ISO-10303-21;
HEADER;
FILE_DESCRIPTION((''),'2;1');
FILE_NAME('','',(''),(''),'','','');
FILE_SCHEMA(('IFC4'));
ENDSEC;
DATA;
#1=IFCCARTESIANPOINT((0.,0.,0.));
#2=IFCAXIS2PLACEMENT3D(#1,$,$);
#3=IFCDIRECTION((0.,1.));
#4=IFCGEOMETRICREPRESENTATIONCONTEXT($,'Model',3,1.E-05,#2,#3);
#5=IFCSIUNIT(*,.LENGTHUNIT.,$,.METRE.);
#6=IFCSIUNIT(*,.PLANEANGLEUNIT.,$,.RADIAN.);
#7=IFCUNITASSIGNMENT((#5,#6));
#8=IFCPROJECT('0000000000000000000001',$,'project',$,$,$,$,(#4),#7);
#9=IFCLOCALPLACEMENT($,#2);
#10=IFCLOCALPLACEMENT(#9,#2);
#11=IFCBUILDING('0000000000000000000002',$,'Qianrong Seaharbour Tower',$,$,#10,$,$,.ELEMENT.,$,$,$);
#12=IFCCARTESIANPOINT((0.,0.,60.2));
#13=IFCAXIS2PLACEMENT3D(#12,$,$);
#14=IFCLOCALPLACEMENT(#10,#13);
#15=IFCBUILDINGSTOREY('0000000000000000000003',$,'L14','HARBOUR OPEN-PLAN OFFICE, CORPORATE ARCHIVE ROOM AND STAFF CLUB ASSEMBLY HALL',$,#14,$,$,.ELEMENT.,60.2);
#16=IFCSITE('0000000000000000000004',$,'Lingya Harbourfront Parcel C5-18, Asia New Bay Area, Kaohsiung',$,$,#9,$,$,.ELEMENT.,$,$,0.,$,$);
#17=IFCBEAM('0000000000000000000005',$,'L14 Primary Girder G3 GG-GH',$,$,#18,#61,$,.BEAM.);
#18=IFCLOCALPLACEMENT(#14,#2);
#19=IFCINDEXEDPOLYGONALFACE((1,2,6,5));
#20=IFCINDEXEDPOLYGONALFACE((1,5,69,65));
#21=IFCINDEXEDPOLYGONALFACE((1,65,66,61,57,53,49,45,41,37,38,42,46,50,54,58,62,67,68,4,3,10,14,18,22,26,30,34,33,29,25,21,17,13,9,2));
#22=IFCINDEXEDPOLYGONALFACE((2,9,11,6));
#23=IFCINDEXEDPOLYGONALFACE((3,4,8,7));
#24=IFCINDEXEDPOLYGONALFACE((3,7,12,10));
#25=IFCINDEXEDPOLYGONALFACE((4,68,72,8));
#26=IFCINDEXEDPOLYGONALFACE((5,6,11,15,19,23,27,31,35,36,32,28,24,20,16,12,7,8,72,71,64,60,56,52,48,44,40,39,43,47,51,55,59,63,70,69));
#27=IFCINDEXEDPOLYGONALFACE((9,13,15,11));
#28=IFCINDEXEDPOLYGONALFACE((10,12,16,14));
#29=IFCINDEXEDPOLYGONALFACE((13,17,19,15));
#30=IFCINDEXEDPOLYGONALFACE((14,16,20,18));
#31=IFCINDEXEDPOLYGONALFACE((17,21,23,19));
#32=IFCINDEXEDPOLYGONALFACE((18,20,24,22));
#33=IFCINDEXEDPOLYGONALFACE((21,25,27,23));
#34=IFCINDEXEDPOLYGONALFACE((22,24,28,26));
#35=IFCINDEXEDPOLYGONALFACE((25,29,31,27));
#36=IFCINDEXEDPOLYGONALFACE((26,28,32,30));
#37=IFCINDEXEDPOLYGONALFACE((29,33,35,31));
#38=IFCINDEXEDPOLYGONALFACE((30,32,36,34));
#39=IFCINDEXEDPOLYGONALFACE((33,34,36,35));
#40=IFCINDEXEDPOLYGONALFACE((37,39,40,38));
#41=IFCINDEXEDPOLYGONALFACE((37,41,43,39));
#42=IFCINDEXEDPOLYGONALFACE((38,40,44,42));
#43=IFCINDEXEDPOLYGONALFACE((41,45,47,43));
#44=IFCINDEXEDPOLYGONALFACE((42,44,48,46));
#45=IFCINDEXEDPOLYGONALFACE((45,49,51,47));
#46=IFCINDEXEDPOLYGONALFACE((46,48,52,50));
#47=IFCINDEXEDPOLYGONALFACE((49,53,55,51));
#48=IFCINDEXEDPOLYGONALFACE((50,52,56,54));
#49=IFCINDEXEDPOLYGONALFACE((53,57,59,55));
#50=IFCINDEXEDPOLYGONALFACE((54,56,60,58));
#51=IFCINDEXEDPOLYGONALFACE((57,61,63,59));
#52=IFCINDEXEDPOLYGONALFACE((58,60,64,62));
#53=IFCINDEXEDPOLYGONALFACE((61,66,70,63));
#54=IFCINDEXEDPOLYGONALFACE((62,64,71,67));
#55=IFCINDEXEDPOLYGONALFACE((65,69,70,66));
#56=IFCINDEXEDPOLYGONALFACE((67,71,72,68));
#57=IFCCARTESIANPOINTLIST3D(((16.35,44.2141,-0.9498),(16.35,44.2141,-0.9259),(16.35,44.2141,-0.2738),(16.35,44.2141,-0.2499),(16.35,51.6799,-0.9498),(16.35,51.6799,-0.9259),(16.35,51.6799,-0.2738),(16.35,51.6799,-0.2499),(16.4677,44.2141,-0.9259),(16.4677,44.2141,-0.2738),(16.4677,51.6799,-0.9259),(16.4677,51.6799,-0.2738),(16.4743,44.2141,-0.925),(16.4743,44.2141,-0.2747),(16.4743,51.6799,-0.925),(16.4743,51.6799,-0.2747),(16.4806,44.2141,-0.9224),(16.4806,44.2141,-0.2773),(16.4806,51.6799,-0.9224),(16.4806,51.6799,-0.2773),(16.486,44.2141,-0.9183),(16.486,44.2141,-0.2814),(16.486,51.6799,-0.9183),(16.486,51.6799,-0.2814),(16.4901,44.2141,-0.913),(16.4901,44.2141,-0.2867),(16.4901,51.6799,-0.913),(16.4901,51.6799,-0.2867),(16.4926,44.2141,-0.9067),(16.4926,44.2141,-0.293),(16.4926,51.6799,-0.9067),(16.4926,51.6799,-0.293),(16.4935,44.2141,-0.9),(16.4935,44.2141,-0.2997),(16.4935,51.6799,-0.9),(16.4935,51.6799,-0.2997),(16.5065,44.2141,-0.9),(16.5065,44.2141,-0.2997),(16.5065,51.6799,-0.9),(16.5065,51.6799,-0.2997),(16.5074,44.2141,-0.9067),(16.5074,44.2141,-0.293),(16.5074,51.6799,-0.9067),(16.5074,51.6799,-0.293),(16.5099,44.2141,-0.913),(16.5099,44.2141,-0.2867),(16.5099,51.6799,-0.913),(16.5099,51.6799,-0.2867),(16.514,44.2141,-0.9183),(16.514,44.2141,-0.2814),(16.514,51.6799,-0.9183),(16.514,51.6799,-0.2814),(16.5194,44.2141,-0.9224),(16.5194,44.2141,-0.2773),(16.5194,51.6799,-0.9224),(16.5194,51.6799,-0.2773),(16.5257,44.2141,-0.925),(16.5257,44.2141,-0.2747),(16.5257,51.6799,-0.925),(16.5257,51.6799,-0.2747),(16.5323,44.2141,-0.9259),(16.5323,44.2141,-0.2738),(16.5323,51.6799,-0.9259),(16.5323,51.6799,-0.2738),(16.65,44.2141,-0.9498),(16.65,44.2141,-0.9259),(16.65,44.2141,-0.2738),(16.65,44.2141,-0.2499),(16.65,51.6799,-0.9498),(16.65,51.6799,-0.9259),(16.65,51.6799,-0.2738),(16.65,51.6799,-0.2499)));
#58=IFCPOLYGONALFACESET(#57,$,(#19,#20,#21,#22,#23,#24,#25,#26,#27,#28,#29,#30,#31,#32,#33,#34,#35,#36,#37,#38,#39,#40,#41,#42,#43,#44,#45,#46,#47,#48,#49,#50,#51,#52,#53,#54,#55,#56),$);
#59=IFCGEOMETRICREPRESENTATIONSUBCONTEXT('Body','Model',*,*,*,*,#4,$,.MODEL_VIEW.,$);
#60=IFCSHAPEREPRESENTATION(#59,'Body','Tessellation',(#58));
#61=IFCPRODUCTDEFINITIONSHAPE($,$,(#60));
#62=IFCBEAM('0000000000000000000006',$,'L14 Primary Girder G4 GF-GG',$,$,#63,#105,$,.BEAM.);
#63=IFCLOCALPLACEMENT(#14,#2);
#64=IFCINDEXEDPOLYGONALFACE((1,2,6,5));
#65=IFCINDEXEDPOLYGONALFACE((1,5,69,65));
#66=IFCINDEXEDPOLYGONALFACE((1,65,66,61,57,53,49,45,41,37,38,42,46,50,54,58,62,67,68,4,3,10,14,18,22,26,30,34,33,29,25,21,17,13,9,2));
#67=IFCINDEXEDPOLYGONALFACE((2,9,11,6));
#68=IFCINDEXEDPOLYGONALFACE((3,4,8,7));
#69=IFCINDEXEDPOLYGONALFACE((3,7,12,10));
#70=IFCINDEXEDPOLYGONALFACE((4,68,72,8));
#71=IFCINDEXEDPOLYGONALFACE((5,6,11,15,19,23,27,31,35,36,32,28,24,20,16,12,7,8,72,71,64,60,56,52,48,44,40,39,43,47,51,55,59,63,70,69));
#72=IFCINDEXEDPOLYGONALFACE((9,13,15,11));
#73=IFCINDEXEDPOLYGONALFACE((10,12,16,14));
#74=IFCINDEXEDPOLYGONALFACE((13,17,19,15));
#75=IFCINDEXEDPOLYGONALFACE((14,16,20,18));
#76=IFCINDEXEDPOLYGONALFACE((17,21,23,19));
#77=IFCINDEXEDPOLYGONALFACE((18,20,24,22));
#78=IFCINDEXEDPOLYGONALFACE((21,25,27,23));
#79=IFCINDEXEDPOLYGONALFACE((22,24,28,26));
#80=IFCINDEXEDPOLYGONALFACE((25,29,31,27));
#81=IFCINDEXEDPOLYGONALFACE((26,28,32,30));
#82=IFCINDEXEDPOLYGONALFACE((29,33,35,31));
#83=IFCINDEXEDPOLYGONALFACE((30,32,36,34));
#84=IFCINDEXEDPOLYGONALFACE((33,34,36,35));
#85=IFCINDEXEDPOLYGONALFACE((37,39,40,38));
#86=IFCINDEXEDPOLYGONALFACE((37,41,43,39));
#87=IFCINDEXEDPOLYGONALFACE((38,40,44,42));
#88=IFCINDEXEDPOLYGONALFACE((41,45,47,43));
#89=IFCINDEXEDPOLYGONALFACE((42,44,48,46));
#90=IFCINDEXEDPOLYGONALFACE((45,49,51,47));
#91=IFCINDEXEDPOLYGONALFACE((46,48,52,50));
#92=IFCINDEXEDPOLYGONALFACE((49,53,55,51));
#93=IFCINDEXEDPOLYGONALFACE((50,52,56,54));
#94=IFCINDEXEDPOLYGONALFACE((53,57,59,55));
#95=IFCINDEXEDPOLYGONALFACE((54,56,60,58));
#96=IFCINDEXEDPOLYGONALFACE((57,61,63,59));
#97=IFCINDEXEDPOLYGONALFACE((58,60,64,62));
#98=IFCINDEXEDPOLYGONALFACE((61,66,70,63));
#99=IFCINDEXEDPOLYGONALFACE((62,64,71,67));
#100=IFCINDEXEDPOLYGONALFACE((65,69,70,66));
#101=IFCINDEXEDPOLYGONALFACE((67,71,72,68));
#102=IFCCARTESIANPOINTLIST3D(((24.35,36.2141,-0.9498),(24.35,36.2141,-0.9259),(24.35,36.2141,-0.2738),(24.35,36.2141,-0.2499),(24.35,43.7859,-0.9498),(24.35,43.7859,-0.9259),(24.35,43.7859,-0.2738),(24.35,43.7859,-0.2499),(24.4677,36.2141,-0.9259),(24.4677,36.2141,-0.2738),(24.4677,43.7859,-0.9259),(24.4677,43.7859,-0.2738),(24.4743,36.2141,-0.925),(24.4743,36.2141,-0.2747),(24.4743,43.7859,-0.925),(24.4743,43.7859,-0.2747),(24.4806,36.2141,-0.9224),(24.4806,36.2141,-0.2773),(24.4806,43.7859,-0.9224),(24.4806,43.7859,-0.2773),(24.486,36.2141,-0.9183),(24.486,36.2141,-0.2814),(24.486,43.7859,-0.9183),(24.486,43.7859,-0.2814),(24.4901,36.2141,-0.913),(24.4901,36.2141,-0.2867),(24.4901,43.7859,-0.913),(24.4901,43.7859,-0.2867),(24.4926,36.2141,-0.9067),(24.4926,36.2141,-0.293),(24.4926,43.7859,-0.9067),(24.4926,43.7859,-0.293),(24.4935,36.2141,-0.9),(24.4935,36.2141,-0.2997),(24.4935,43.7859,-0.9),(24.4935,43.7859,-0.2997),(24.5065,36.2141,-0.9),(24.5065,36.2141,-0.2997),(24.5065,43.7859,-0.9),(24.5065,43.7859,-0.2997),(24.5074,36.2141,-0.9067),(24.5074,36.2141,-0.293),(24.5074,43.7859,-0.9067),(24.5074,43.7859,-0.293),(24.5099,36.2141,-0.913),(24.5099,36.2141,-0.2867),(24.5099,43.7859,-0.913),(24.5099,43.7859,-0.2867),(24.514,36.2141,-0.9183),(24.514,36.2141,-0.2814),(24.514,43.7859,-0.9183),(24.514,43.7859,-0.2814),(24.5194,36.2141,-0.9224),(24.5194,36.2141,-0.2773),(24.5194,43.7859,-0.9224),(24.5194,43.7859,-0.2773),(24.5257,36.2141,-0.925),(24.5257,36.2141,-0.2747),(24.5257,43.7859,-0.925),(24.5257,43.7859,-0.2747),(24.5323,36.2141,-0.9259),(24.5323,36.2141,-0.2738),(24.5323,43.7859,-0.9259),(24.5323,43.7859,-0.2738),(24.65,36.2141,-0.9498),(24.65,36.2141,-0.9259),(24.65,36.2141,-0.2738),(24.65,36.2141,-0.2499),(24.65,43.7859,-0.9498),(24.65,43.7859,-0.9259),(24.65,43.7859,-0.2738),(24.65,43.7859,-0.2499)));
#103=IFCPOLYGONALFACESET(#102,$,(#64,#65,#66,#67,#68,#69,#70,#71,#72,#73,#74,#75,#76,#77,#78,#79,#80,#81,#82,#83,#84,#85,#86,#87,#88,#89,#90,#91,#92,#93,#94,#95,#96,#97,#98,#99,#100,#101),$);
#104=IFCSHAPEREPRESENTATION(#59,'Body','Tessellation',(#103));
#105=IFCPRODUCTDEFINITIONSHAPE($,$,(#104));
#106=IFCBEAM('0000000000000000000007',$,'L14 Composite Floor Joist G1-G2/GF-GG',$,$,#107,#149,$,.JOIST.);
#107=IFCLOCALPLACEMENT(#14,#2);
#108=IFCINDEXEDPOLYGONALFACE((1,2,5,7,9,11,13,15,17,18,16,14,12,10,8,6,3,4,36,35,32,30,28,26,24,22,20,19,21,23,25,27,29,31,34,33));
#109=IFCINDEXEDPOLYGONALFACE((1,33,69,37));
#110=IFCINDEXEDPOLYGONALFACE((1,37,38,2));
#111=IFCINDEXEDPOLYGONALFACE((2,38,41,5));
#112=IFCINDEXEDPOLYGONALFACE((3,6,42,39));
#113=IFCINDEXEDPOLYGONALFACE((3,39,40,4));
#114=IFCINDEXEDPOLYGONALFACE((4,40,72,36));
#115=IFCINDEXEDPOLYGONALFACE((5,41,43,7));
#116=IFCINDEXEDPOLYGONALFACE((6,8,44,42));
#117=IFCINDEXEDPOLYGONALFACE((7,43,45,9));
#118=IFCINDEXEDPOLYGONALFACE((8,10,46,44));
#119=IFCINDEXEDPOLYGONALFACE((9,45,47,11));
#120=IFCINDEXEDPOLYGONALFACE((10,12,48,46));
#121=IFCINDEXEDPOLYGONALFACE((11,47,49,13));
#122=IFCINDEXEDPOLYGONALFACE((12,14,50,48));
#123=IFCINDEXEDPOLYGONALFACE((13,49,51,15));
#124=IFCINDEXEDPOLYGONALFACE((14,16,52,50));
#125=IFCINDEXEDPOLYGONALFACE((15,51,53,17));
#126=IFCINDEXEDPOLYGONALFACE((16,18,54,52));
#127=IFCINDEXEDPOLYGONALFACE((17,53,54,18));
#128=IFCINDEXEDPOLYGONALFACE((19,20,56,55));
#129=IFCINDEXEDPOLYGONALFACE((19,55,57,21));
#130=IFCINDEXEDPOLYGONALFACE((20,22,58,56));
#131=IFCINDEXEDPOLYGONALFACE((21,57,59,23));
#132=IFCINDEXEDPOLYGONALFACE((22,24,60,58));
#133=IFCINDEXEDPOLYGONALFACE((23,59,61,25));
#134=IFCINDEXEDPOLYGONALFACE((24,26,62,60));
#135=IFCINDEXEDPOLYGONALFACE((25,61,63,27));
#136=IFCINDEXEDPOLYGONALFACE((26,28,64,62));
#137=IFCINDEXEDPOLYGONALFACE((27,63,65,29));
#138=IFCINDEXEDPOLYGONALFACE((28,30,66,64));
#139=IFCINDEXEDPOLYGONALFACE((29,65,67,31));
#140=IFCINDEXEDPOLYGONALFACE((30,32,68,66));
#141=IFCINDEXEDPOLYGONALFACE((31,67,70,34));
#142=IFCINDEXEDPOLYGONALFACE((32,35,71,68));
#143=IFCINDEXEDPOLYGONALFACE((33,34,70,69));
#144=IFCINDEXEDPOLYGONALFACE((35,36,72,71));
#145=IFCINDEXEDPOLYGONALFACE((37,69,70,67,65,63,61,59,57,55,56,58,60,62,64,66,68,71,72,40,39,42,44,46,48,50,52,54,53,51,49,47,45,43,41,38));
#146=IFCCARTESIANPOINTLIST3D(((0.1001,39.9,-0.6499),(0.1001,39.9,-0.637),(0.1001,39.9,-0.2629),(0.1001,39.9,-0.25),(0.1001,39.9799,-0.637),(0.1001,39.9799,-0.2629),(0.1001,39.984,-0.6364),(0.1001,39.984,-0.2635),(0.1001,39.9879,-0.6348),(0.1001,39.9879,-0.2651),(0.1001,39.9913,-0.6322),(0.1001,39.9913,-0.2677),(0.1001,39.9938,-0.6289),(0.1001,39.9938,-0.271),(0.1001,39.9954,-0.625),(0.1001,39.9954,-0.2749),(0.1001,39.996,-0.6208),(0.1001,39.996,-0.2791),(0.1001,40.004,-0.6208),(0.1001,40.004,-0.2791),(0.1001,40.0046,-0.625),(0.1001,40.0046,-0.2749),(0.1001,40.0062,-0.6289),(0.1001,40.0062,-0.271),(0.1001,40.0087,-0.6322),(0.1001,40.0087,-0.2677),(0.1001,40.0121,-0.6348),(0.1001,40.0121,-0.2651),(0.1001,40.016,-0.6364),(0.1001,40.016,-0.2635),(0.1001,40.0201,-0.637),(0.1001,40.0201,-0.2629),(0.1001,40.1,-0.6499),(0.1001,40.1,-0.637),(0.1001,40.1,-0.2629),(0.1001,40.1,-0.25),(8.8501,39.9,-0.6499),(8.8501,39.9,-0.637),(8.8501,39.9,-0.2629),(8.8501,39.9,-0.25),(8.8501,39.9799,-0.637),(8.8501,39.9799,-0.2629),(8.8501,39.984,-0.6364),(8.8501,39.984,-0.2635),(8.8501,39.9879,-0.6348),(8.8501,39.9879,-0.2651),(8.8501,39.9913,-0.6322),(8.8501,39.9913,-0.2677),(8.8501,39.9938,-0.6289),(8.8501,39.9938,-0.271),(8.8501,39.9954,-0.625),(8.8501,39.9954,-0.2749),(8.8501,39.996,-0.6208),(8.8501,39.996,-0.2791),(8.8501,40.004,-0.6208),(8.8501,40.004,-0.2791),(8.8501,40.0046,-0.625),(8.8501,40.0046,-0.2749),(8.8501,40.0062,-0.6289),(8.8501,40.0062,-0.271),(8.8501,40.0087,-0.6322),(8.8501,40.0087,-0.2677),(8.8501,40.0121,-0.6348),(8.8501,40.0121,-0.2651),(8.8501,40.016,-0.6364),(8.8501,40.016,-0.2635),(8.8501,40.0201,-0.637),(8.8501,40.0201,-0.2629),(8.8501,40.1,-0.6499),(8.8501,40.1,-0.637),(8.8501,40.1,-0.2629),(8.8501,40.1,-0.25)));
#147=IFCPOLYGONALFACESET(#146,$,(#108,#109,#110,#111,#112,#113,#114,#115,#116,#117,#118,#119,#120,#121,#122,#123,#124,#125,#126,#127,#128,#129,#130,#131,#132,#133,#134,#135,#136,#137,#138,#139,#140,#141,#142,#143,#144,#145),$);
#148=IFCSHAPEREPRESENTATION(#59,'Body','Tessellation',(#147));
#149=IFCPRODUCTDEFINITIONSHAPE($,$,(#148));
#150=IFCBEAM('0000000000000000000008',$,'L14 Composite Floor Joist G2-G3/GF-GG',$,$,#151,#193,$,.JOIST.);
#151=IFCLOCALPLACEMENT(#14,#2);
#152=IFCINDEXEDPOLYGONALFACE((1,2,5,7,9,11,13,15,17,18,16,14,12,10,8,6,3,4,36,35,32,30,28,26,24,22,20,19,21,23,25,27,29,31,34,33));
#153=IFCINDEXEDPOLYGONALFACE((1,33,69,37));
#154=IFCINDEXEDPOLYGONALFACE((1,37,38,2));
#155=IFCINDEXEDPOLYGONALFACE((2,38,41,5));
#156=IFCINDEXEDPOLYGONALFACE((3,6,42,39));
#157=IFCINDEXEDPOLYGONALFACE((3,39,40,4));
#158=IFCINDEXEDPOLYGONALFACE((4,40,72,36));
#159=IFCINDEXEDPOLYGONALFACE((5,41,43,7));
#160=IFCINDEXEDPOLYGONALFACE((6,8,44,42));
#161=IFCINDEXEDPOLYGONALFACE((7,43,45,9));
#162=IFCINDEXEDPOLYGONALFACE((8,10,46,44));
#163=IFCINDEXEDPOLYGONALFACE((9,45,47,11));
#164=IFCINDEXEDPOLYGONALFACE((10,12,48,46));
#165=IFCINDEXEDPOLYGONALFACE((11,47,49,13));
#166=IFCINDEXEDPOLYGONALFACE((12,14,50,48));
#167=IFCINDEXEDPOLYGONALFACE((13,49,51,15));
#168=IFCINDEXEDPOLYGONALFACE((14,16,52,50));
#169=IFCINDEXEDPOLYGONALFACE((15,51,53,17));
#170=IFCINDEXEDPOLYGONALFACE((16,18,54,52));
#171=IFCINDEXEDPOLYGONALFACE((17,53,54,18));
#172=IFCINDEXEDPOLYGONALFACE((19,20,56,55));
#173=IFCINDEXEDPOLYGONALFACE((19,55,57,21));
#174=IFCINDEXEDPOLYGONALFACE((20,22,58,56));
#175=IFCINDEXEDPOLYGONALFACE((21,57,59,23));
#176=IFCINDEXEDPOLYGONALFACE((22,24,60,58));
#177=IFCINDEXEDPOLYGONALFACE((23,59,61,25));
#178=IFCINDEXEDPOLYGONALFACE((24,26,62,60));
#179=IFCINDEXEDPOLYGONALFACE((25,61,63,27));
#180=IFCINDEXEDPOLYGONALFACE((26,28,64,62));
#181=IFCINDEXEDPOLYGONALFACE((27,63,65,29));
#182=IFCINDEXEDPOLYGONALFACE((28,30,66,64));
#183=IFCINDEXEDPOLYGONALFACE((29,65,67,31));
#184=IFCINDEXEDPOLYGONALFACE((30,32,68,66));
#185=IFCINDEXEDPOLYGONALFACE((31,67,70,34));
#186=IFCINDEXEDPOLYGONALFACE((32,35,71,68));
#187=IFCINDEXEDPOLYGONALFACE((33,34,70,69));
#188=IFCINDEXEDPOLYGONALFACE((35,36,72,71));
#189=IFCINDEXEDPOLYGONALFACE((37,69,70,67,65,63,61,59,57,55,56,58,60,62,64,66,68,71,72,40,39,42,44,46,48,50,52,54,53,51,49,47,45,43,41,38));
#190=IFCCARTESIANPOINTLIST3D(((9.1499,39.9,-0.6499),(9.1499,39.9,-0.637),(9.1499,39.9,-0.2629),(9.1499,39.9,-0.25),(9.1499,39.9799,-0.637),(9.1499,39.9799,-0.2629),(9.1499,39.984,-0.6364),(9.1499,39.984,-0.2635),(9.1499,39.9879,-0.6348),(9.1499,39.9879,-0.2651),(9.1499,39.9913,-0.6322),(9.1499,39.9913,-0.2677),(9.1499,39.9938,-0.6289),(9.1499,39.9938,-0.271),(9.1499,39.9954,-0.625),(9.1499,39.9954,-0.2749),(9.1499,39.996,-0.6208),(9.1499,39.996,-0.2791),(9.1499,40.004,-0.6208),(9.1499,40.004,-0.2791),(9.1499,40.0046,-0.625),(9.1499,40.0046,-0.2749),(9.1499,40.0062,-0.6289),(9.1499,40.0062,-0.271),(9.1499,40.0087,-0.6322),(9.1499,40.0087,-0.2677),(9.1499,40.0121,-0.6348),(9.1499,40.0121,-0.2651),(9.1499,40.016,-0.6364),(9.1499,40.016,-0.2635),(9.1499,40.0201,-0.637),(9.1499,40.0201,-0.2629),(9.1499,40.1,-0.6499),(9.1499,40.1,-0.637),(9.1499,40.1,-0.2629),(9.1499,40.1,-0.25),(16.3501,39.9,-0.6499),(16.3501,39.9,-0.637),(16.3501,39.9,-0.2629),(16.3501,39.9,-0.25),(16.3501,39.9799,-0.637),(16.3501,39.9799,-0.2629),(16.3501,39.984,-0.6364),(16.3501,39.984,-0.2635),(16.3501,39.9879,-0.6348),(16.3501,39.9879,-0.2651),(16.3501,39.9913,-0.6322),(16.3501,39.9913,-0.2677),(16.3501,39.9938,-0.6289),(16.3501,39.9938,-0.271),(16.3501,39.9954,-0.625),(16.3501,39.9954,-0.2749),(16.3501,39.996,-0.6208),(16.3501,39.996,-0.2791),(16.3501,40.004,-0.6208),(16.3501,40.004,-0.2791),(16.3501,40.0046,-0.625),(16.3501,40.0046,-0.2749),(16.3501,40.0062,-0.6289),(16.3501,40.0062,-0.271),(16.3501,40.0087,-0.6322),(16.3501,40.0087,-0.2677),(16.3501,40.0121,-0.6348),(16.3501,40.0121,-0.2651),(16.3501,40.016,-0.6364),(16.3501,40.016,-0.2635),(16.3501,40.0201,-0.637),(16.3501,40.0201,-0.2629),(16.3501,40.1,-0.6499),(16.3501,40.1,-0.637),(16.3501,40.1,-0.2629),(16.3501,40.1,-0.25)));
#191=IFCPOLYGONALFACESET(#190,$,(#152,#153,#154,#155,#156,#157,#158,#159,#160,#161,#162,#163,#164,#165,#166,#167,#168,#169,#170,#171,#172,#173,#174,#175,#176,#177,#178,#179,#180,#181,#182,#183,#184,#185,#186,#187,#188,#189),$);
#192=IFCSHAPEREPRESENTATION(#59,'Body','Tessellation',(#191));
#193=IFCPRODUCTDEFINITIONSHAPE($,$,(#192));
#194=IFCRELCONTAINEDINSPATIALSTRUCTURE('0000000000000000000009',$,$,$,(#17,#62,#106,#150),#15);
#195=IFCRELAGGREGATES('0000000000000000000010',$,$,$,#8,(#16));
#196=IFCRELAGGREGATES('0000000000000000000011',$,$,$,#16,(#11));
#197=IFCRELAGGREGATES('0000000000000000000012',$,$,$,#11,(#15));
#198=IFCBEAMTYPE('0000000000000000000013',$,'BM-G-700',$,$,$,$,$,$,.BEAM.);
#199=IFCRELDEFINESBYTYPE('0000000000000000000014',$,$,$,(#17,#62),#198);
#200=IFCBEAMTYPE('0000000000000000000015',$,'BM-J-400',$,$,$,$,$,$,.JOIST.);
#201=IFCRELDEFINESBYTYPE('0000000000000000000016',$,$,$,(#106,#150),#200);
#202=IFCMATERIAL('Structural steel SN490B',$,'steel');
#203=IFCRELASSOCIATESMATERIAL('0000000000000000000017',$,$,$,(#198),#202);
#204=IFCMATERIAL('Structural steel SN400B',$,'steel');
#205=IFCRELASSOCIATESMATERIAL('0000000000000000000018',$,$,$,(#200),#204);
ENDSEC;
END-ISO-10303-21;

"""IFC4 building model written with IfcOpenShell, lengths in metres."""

from ifc_helpers import new_model, si_unit, direction, frame, origin, origin_2d, place, context, subcontext, project, spatial, i_section, extrude, material, material_profile, profile_set, type_object, element, save


model = new_model("IFC4")

# Units and contexts
model_context = context("Model", 3, precision=1e-05, world=origin(), true_north=direction((0.0, 1.0)))
body_context = subcontext(model_context, "Body", "Model", "MODEL_VIEW")
ifc_project = project(units=[si_unit("LENGTHUNIT", "METRE"), si_unit("PLANEANGLEUNIT", "RADIAN")], contexts=[model_context])

# Site, building, storey
site_placement = place(None, origin())
site = spatial("IfcSite", under=ifc_project, at=site_placement, Name="Lingya Harbourfront Parcel C5-18, Asia New Bay Area, Kaohsiung", CompositionType="ELEMENT", RefElevation=0.0)
building_placement = place(site_placement, origin())
building = spatial("IfcBuilding", under=site, at=building_placement, Name="Qianrong Seaharbour Tower", CompositionType="ELEMENT")
storey_placement = place(building_placement, frame((0.0, 0.0, 60.2)))
storey = spatial("IfcBuildingStorey", under=building, at=storey_placement, Name="L14", Description="HARBOUR OPEN-PLAN OFFICE, CORPORATE ARCHIVE ROOM AND STAFF CLUB ASSEMBLY HALL", CompositionType="ELEMENT", Elevation=60.2)

# Shared definitions
ifc_material_1 = material(Name="Structural steel SN490B", Category="steel")

# Beams
ifc_material_profile_1 = material_profile(ifc_material_1, i_section(OverallWidth=0.3, OverallDepth=0.7, WebThickness=0.0129, FlangeThickness=0.0239, FilletRadius=0.0259, at=origin_2d()), Name="H700x300x13x24")
ifc_profile_set_1 = profile_set([ifc_material_profile_1], Name="Structural steel SN490B")
beam_type_1 = type_object("IfcBeamType", Name="BM-G-700", PredefinedType="BEAM", material=ifc_profile_set_1)
for number, where, z_axis, x_axis, name in (
    (1, (16.5, 44.2141, -0.5999), (0.0, 1.0, 0.0), (-1.0, 0.0, 0.0), "L14 Primary Girder G3 GG-GH"),
):
    element("IfcBeam", number, at=place(storey_placement, frame(where, z_axis=z_axis, x_axis=x_axis)), inside=storey, type_object=beam_type_1, Name=name, PredefinedType="BEAM", context=body_context, shape_type="SweptSolid", body=[
        extrude(i_section(OverallWidth=0.3, OverallDepth=0.7, WebThickness=0.0129, FlangeThickness=0.0239, FilletRadius=0.0259, at=origin_2d()), origin(), (0.0, 0.0, 1.0), 7.4658),
    ])
beam_1_placement = place(storey_placement, frame((24.5, 36.2141, -0.5999), z_axis=(0.0, 1.0, 0.0), x_axis=(-1.0, 0.0, 0.0)))
element("IfcBeam", 2, at=beam_1_placement, inside=storey, type_object=beam_type_1, Name="L14 Primary Girder G4 GF-GG", PredefinedType="BEAM", context=body_context, shape_type="SweptSolid", body=[
    extrude(i_section(OverallWidth=0.3, OverallDepth=0.7, WebThickness=0.0129, FlangeThickness=0.0239, FilletRadius=0.0259, at=origin_2d()), origin(), (0.0, 0.0, 1.0), 7.5718),
])
ifc_material_2 = material(Name="Structural steel SN400B", Category="steel")
ifc_material_profile_2 = material_profile(ifc_material_2, i_section(OverallWidth=0.2, OverallDepth=0.3999, WebThickness=0.0081, FlangeThickness=0.0129, FilletRadius=0.0161, at=origin_2d()), Name="H400x200x8x13")
ifc_profile_set_2 = profile_set([ifc_material_profile_2], Name="Structural steel SN400B")
beam_type_2 = type_object("IfcBeamType", Name="BM-J-400", PredefinedType="JOIST", material=ifc_profile_set_2)
beam_2_placement = place(storey_placement, frame((0.1001, 40.0, -0.45), z_axis=(1.0, 0.0, 0.0), x_axis=(0.0, 1.0, 0.0)))
element("IfcBeam", 3, at=beam_2_placement, inside=storey, type_object=beam_type_2, Name="L14 Composite Floor Joist G1-G2/GF-GG", PredefinedType="JOIST", context=body_context, shape_type="SweptSolid", body=[
    extrude(i_section(OverallWidth=0.2, OverallDepth=0.3999, WebThickness=0.0081, FlangeThickness=0.0129, FilletRadius=0.0161, at=origin_2d()), origin(), (0.0, 0.0, 1.0), 8.75),
])
for number, where, z_axis, x_axis, name in (
    (4, (9.1499, 40.0, -0.45), (1.0, 0.0, 0.0), (0.0, 1.0, 0.0), "L14 Composite Floor Joist G2-G3/GF-GG"),
):
    element("IfcBeam", number, at=place(storey_placement, frame(where, z_axis=z_axis, x_axis=x_axis)), inside=storey, type_object=beam_type_2, Name=name, PredefinedType="JOIST", context=body_context, shape_type="SweptSolid", body=[
        extrude(i_section(OverallWidth=0.2, OverallDepth=0.3999, WebThickness=0.0081, FlangeThickness=0.0129, FilletRadius=0.0161, at=origin_2d()), origin(), (0.0, 0.0, 1.0), 7.2002),
    ])

save(model, "model.ifc")
